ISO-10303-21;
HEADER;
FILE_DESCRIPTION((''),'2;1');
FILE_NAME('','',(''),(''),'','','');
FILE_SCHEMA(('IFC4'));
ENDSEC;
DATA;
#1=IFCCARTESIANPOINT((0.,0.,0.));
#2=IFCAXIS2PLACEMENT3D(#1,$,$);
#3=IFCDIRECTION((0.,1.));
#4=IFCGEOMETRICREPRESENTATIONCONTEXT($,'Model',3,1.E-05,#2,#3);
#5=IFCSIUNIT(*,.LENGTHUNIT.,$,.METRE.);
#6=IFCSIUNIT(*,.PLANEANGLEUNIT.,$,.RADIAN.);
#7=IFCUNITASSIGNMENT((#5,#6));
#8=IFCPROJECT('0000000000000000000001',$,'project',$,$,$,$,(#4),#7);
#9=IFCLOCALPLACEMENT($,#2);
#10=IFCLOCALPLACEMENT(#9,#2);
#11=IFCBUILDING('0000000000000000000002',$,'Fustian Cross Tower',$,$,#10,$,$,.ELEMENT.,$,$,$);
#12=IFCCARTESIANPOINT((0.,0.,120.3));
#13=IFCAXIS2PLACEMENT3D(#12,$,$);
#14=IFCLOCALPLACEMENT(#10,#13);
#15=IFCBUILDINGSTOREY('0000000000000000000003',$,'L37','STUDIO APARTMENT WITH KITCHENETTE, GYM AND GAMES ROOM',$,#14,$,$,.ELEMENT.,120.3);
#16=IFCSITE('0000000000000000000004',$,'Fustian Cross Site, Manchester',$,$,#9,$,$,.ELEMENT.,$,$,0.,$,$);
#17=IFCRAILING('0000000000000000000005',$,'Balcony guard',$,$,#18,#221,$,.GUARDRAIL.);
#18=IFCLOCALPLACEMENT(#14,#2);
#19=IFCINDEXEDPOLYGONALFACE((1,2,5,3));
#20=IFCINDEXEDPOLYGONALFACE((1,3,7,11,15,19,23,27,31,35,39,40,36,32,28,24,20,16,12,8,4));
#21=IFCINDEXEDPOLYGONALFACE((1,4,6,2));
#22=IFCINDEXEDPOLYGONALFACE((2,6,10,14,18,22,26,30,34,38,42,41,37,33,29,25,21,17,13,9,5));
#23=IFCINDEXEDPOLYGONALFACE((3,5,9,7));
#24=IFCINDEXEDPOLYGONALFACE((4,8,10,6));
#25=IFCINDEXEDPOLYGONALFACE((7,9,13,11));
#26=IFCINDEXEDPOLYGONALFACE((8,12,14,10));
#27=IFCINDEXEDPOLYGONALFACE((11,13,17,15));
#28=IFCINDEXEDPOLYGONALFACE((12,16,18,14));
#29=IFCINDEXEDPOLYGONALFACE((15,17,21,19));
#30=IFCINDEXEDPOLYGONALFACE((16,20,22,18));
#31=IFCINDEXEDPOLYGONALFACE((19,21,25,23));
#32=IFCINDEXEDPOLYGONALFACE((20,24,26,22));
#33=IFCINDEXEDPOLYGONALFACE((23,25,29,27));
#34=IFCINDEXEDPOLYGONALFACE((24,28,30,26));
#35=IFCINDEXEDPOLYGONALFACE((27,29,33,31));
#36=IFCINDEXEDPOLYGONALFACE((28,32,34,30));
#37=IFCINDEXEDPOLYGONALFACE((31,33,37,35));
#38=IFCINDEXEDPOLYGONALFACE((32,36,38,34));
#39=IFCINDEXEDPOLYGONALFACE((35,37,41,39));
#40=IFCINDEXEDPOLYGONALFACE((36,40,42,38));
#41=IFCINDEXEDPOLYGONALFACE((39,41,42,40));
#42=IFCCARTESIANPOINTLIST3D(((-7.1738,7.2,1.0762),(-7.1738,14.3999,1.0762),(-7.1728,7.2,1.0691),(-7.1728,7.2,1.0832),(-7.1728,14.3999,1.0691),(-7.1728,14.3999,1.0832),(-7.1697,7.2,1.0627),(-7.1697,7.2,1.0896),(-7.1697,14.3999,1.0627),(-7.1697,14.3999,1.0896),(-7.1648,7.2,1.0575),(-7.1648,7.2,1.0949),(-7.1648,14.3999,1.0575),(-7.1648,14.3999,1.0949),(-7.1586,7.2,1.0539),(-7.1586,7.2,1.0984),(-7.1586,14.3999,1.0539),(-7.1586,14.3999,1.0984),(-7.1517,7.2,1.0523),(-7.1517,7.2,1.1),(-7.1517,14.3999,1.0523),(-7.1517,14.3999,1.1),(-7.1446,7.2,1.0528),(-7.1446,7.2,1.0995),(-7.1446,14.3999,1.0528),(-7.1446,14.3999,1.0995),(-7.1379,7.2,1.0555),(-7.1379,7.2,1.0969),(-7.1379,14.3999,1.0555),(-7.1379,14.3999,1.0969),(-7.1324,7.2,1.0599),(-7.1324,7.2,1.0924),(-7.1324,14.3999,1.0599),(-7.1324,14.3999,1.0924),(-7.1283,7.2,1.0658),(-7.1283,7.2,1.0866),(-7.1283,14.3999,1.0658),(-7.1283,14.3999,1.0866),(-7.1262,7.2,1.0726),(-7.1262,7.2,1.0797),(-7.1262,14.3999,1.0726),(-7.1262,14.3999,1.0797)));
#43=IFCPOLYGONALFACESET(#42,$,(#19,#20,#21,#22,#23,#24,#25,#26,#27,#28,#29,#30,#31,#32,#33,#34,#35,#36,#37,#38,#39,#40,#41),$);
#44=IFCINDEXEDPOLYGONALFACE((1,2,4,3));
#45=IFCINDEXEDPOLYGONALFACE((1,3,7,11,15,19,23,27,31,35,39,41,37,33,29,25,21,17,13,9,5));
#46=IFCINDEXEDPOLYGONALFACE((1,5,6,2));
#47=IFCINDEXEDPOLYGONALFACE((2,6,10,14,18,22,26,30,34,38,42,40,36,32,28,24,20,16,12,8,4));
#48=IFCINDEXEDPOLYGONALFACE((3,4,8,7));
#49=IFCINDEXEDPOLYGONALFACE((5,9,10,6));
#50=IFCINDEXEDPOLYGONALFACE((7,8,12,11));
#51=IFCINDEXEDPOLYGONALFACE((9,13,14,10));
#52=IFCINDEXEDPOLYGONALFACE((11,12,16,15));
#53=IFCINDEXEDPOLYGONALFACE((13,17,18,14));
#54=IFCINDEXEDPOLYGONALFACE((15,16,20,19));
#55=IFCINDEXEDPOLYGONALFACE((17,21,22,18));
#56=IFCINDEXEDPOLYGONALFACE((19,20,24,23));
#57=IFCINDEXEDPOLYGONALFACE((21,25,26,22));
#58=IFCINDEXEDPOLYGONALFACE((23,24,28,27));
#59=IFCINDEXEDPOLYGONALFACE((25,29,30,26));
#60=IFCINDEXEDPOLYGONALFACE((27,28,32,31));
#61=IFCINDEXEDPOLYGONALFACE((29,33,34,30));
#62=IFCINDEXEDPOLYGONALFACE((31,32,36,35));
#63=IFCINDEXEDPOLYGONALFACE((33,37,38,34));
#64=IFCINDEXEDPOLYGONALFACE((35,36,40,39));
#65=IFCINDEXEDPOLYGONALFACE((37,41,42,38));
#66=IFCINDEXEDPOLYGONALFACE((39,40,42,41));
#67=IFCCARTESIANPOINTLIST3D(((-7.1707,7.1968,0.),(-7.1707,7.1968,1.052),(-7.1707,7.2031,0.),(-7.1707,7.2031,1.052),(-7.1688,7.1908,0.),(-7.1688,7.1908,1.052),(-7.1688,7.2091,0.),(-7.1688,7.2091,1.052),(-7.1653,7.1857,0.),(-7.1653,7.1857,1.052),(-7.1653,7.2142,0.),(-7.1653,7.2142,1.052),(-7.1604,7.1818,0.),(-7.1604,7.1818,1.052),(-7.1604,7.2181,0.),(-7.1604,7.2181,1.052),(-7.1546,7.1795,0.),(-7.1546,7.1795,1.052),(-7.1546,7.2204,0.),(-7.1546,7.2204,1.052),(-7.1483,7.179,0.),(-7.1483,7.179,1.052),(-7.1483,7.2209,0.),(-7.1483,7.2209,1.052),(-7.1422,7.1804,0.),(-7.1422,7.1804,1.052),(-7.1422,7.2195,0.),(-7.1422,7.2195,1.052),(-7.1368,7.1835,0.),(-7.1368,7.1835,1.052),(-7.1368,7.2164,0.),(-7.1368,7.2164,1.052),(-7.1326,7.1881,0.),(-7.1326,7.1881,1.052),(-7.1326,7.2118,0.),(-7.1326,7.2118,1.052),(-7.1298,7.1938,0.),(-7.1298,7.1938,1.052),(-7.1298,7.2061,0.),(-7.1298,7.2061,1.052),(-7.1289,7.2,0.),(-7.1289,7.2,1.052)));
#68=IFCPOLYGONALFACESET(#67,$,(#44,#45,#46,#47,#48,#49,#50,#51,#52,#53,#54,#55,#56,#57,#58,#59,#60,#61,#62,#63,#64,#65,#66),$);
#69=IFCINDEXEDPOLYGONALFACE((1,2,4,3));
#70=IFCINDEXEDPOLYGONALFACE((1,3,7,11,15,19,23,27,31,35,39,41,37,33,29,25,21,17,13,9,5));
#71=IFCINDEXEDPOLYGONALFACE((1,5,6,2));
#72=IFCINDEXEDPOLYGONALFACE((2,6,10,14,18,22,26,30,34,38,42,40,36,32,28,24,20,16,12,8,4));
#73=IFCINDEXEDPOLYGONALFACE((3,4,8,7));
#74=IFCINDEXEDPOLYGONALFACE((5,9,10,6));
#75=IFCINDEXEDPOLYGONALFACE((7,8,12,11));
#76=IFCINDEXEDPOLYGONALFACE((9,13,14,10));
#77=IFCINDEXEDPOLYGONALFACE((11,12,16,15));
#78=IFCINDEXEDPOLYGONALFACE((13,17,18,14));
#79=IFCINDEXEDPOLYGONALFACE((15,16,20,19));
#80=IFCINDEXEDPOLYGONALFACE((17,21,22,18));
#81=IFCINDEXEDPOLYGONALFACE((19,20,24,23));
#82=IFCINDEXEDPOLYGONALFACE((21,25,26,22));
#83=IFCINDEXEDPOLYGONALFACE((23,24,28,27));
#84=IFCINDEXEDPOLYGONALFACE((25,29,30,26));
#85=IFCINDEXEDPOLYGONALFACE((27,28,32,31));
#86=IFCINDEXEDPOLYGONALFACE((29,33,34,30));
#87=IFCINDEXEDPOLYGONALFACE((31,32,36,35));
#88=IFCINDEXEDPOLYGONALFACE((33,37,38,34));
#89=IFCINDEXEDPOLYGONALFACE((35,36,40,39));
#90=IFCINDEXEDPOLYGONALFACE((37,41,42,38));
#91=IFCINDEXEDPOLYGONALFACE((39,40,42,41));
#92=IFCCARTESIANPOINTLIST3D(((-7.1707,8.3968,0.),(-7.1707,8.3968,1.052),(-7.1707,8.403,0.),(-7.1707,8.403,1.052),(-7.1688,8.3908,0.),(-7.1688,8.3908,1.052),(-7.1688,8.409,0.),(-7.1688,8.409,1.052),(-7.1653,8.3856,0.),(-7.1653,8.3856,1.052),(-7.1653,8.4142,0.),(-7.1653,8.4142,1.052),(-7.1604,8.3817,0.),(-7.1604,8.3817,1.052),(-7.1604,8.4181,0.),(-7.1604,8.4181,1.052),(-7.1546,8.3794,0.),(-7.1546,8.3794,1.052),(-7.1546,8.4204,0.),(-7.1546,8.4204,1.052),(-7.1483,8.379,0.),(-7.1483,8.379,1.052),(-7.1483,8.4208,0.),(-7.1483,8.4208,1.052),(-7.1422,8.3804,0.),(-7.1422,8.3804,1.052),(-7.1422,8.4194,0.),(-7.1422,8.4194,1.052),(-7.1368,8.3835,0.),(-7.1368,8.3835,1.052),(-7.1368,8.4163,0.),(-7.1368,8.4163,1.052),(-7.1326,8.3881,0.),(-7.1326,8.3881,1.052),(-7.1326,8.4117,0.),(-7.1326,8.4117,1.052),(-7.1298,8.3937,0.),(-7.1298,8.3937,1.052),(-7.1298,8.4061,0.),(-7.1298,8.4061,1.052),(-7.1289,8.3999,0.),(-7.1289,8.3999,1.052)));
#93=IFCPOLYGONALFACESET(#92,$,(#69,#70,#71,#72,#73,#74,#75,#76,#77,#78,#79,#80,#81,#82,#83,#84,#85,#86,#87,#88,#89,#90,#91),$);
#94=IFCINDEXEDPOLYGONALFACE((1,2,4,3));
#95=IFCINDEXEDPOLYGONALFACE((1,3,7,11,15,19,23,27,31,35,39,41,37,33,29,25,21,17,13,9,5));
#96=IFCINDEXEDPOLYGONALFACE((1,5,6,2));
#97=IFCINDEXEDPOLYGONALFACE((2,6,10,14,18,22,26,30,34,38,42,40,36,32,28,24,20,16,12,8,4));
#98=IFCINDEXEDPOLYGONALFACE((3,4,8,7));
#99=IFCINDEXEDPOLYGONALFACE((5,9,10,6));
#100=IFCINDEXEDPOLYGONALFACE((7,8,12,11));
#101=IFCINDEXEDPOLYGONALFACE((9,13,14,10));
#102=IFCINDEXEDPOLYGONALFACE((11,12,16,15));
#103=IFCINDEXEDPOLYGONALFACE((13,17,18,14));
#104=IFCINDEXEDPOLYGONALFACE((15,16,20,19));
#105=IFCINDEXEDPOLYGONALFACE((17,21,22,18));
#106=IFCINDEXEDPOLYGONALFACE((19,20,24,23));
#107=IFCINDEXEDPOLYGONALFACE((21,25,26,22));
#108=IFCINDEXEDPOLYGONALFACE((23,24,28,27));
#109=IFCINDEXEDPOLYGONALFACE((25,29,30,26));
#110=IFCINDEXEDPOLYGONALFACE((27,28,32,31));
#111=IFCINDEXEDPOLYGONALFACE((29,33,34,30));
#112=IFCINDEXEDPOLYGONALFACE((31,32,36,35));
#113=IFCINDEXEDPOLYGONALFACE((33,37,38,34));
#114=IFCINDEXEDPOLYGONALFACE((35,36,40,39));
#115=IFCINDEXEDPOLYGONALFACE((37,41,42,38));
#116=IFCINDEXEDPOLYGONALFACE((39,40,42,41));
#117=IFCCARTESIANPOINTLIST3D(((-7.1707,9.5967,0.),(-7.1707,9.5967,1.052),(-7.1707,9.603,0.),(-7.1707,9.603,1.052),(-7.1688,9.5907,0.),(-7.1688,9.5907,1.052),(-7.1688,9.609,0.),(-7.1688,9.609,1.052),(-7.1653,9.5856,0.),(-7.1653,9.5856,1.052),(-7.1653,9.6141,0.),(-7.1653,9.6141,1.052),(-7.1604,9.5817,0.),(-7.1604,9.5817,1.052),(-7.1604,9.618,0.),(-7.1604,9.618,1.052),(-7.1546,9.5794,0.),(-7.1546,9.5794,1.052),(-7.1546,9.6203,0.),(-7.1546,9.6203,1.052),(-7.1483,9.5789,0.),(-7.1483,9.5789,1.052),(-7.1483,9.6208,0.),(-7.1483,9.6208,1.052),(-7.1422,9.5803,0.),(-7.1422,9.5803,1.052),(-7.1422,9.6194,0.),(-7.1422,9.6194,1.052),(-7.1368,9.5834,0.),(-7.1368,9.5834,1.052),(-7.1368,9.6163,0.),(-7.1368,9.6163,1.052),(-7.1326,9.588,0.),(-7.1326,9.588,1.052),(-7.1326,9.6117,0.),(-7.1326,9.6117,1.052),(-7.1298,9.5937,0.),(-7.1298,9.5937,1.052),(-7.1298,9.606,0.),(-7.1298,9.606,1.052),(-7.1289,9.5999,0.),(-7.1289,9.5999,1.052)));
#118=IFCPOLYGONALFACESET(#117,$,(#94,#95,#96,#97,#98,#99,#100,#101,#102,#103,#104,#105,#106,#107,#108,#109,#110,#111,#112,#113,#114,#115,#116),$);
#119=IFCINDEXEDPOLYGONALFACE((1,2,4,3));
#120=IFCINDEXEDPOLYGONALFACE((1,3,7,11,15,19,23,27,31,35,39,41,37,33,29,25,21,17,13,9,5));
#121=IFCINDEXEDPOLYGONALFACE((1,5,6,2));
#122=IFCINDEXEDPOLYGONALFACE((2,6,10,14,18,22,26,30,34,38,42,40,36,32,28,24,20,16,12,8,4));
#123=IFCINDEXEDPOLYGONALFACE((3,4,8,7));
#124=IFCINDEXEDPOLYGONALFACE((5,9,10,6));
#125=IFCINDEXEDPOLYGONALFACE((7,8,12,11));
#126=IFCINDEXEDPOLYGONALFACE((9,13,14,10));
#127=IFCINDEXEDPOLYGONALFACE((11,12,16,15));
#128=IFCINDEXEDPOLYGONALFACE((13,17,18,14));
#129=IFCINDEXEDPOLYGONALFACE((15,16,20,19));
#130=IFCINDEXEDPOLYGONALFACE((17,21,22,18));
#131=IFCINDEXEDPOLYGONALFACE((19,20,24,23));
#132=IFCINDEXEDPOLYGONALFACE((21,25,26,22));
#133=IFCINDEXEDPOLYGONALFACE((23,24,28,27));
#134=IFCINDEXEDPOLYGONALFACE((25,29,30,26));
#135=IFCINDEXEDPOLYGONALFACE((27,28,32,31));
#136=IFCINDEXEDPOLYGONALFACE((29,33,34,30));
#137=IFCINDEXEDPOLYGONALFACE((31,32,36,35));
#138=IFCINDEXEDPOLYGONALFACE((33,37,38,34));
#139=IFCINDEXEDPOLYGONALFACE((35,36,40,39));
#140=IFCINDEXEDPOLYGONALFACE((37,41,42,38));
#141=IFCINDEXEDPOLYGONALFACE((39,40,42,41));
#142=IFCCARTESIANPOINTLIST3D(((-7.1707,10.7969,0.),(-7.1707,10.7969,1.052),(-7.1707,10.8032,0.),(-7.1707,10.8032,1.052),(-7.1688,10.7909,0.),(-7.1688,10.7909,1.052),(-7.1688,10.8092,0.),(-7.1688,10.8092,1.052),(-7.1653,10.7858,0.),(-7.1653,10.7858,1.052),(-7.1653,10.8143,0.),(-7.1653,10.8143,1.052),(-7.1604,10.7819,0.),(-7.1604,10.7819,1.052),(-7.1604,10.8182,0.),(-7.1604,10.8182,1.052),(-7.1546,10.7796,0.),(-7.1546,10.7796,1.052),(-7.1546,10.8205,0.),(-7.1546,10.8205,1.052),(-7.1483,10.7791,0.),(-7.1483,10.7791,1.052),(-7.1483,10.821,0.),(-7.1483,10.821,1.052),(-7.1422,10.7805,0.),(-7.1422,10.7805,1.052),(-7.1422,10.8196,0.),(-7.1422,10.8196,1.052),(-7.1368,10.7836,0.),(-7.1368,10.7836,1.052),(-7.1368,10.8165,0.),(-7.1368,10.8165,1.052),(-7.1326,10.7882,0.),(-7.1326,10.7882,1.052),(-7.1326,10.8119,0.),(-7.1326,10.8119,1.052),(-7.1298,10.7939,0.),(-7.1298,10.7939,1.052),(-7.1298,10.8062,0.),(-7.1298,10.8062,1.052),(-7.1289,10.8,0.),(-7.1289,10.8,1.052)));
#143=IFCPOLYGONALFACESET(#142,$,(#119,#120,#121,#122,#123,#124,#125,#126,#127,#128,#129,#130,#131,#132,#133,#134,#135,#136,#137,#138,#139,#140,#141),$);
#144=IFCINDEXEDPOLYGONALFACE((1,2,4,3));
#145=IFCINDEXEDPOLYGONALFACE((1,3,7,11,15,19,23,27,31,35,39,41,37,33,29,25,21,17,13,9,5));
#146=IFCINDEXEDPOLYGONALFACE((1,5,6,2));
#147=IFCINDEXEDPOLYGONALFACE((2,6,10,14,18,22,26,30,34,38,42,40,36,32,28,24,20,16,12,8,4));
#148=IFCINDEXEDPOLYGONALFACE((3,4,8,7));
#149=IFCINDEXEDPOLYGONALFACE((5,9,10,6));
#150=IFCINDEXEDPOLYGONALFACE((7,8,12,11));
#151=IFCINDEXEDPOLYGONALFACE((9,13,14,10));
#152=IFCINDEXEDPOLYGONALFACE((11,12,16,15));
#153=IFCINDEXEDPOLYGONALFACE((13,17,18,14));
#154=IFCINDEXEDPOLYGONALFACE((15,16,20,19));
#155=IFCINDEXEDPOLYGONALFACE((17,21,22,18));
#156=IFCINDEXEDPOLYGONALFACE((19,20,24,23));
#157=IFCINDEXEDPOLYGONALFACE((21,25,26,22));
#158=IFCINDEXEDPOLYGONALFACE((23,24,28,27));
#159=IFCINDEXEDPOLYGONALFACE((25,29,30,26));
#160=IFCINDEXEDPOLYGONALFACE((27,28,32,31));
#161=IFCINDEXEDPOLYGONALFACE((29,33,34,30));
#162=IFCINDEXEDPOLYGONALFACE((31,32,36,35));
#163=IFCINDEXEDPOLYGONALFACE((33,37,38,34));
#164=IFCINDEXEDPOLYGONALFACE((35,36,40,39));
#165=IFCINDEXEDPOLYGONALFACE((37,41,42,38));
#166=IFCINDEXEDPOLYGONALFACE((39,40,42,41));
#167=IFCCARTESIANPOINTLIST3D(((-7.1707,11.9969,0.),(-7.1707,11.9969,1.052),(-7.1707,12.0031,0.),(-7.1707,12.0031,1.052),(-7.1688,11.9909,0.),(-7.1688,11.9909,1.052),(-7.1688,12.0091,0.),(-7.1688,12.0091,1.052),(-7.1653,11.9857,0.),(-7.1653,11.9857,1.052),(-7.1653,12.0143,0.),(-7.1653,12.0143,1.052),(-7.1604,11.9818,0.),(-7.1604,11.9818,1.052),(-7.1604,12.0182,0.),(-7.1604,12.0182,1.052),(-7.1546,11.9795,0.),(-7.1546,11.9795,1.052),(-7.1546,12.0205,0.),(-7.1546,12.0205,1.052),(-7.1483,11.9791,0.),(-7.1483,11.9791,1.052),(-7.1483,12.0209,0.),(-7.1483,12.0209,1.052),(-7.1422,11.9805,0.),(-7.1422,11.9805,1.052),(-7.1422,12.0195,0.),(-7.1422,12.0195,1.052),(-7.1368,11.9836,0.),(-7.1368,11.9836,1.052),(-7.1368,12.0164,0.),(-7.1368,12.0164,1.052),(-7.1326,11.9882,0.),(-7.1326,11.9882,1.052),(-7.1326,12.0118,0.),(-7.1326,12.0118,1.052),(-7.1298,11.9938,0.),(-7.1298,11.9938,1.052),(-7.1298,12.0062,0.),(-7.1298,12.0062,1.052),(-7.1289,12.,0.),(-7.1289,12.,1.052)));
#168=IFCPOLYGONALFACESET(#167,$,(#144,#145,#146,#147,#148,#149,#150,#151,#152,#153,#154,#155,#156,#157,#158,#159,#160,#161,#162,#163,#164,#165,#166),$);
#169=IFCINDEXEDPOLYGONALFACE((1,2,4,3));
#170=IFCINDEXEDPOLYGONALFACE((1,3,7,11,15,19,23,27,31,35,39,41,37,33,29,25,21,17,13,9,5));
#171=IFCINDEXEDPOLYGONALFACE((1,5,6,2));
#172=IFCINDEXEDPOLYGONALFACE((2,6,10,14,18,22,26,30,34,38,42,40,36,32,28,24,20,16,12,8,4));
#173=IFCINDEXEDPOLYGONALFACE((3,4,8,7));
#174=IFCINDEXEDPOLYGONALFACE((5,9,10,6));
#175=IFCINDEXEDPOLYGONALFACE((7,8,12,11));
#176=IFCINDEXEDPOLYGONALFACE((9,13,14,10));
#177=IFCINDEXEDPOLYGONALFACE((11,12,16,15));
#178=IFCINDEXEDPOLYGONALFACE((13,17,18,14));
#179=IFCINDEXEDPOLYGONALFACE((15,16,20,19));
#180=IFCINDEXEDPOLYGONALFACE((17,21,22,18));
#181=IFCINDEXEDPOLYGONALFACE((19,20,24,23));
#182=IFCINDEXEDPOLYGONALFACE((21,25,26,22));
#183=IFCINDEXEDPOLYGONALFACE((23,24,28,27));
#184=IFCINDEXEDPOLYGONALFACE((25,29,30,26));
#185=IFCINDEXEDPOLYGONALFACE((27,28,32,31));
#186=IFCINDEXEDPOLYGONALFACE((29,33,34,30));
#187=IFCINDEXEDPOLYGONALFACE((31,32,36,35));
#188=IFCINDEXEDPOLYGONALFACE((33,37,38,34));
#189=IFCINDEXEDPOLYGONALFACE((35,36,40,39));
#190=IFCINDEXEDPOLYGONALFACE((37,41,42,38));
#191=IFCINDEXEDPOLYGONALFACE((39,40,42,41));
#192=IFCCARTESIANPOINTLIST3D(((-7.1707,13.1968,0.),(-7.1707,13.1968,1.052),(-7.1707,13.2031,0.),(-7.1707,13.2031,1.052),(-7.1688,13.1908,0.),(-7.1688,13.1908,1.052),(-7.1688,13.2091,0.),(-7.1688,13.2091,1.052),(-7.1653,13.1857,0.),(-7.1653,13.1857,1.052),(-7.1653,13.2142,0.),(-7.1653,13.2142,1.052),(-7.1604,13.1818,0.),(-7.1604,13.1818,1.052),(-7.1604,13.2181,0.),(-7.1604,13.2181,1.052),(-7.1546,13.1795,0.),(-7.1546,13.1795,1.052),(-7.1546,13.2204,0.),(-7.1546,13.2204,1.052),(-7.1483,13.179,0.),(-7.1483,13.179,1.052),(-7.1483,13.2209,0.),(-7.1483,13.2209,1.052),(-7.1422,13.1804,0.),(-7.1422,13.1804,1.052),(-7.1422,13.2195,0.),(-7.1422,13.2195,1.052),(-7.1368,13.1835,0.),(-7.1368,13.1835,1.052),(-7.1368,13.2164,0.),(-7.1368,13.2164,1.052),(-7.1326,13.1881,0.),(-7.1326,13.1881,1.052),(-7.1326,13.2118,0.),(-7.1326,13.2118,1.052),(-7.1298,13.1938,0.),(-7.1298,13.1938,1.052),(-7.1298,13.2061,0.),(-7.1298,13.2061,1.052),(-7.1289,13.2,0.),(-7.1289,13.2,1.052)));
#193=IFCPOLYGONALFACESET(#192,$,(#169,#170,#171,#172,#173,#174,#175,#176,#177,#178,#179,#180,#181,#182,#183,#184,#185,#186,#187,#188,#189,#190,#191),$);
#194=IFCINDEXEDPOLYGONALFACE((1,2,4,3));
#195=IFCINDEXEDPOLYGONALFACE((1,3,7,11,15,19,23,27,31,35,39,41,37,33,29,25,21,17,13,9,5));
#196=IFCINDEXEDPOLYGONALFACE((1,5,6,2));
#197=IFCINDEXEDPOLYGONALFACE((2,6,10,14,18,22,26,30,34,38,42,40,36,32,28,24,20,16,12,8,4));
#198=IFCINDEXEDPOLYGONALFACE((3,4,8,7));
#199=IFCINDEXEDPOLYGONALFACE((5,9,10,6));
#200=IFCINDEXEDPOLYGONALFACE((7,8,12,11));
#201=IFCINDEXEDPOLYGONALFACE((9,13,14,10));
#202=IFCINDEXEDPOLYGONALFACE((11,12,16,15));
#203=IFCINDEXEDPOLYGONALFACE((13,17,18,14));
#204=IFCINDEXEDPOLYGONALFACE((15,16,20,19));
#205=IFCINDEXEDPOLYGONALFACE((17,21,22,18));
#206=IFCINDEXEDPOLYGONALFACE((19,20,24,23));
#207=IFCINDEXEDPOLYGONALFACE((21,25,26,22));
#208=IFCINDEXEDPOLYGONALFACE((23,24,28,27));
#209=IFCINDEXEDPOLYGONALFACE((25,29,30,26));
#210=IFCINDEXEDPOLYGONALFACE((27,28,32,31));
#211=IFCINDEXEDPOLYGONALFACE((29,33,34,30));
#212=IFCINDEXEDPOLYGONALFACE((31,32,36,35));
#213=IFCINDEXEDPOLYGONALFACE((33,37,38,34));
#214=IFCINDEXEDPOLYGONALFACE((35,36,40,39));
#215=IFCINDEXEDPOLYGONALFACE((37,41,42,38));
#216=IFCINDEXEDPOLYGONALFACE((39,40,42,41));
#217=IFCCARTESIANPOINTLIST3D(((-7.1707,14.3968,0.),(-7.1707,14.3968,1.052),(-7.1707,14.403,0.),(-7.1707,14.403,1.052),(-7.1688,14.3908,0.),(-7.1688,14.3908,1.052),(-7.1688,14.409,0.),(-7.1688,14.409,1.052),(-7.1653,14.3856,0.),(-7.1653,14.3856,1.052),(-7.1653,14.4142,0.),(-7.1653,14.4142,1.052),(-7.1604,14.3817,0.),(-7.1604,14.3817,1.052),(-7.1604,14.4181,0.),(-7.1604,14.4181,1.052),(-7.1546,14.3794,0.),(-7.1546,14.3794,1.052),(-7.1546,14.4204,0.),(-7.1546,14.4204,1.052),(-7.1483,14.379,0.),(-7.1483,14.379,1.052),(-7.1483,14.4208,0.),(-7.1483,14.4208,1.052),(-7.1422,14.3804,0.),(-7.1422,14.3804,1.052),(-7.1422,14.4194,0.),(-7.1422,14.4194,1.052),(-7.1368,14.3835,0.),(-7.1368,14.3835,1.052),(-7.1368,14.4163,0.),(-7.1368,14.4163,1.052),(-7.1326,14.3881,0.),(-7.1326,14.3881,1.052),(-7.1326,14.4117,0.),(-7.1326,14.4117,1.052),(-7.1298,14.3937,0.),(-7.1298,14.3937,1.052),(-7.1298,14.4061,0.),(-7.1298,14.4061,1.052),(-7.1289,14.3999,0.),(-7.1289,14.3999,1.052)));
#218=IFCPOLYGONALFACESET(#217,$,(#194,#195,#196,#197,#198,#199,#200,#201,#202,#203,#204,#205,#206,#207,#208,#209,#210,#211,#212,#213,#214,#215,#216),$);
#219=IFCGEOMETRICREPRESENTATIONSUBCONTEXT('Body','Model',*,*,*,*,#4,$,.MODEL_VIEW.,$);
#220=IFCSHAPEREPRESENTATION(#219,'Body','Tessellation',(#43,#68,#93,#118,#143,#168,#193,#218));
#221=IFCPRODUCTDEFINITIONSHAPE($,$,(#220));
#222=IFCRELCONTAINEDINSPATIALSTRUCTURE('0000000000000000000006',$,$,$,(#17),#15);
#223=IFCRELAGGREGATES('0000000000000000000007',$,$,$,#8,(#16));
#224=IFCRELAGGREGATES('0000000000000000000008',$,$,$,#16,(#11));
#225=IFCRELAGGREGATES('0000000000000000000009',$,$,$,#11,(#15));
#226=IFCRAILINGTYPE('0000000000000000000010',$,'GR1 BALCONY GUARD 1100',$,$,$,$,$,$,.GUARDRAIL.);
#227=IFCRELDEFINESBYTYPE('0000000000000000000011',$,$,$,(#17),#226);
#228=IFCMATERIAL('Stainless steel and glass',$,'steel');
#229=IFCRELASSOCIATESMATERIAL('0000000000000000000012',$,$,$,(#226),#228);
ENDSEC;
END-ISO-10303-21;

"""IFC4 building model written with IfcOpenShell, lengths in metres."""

from ifc_helpers import new_model, si_unit, direction, frame, origin, origin_2d, place, context, subcontext, project, spatial, circle, extrude, material, type_object, element, save


model = new_model("IFC4")

# Units and contexts
model_context = context("Model", 3, precision=1e-05, world=origin(), true_north=direction((0.0, 1.0)))
body_context = subcontext(model_context, "Body", "Model", "MODEL_VIEW")
ifc_project = project(units=[si_unit("LENGTHUNIT", "METRE"), si_unit("PLANEANGLEUNIT", "RADIAN")], contexts=[model_context])

# Site, building, storey
site_placement = place(None, origin())
site = spatial("IfcSite", under=ifc_project, at=site_placement, Name="Fustian Cross Site, Manchester", CompositionType="ELEMENT", RefElevation=0.0)
building_placement = place(site_placement, origin())
building = spatial("IfcBuilding", under=site, at=building_placement, Name="Fustian Cross Tower", CompositionType="ELEMENT")
storey_placement = place(building_placement, frame((0.0, 0.0, 120.3)))
storey = spatial("IfcBuildingStorey", under=building, at=storey_placement, Name="L37", Description="STUDIO APARTMENT WITH KITCHENETTE, GYM AND GAMES ROOM", CompositionType="ELEMENT", Elevation=120.3)

# Railing
ifc_material_1 = material(Name="Stainless steel and glass", Category="steel")
railing_type = type_object("IfcRailingType", Name="GR1 BALCONY GUARD 1100", PredefinedType="GUARDRAIL", material=ifc_material_1)
railing_placement = place(storey_placement, frame((-7.1499, 7.2, 0.0)))
element("IfcRailing", 1, at=railing_placement, inside=storey, type_object=railing_type, Name="Balcony guard", PredefinedType="GUARDRAIL", context=body_context, shape_type="SweptSolid", body=[
    extrude(circle(Radius=0.0239, at=origin_2d()), frame((0.0, 0.0, 1.0762), z_axis=(0.0, 1.0, 0.0), x_axis=(-1.0, 0.0, 0.0)), (0.0, 0.0, 1.0), 7.2),
    extrude(circle(Radius=0.021, at=origin_2d()), origin(), (0.0, 0.0, 1.0), 1.052),
    extrude(circle(Radius=0.021, at=origin_2d()), frame((0.0, 1.2, 0.0)), (0.0, 0.0, 1.0), 1.052),
    extrude(circle(Radius=0.021, at=origin_2d()), frame((0.0, 2.3999, 0.0)), (0.0, 0.0, 1.0), 1.052),
    extrude(circle(Radius=0.021, at=origin_2d()), frame((0.0, 3.6001, 0.0)), (0.0, 0.0, 1.0), 1.052),
    extrude(circle(Radius=0.021, at=origin_2d()), frame((0.0, 4.8, 0.0)), (0.0, 0.0, 1.0), 1.052),
    extrude(circle(Radius=0.021, at=origin_2d()), frame((0.0, 6.0, 0.0)), (0.0, 0.0, 1.0), 1.052),
    extrude(circle(Radius=0.021, at=origin_2d()), frame((0.0, 7.2, 0.0)), (0.0, 0.0, 1.0), 1.052),
])

save(model, "model.ifc")
